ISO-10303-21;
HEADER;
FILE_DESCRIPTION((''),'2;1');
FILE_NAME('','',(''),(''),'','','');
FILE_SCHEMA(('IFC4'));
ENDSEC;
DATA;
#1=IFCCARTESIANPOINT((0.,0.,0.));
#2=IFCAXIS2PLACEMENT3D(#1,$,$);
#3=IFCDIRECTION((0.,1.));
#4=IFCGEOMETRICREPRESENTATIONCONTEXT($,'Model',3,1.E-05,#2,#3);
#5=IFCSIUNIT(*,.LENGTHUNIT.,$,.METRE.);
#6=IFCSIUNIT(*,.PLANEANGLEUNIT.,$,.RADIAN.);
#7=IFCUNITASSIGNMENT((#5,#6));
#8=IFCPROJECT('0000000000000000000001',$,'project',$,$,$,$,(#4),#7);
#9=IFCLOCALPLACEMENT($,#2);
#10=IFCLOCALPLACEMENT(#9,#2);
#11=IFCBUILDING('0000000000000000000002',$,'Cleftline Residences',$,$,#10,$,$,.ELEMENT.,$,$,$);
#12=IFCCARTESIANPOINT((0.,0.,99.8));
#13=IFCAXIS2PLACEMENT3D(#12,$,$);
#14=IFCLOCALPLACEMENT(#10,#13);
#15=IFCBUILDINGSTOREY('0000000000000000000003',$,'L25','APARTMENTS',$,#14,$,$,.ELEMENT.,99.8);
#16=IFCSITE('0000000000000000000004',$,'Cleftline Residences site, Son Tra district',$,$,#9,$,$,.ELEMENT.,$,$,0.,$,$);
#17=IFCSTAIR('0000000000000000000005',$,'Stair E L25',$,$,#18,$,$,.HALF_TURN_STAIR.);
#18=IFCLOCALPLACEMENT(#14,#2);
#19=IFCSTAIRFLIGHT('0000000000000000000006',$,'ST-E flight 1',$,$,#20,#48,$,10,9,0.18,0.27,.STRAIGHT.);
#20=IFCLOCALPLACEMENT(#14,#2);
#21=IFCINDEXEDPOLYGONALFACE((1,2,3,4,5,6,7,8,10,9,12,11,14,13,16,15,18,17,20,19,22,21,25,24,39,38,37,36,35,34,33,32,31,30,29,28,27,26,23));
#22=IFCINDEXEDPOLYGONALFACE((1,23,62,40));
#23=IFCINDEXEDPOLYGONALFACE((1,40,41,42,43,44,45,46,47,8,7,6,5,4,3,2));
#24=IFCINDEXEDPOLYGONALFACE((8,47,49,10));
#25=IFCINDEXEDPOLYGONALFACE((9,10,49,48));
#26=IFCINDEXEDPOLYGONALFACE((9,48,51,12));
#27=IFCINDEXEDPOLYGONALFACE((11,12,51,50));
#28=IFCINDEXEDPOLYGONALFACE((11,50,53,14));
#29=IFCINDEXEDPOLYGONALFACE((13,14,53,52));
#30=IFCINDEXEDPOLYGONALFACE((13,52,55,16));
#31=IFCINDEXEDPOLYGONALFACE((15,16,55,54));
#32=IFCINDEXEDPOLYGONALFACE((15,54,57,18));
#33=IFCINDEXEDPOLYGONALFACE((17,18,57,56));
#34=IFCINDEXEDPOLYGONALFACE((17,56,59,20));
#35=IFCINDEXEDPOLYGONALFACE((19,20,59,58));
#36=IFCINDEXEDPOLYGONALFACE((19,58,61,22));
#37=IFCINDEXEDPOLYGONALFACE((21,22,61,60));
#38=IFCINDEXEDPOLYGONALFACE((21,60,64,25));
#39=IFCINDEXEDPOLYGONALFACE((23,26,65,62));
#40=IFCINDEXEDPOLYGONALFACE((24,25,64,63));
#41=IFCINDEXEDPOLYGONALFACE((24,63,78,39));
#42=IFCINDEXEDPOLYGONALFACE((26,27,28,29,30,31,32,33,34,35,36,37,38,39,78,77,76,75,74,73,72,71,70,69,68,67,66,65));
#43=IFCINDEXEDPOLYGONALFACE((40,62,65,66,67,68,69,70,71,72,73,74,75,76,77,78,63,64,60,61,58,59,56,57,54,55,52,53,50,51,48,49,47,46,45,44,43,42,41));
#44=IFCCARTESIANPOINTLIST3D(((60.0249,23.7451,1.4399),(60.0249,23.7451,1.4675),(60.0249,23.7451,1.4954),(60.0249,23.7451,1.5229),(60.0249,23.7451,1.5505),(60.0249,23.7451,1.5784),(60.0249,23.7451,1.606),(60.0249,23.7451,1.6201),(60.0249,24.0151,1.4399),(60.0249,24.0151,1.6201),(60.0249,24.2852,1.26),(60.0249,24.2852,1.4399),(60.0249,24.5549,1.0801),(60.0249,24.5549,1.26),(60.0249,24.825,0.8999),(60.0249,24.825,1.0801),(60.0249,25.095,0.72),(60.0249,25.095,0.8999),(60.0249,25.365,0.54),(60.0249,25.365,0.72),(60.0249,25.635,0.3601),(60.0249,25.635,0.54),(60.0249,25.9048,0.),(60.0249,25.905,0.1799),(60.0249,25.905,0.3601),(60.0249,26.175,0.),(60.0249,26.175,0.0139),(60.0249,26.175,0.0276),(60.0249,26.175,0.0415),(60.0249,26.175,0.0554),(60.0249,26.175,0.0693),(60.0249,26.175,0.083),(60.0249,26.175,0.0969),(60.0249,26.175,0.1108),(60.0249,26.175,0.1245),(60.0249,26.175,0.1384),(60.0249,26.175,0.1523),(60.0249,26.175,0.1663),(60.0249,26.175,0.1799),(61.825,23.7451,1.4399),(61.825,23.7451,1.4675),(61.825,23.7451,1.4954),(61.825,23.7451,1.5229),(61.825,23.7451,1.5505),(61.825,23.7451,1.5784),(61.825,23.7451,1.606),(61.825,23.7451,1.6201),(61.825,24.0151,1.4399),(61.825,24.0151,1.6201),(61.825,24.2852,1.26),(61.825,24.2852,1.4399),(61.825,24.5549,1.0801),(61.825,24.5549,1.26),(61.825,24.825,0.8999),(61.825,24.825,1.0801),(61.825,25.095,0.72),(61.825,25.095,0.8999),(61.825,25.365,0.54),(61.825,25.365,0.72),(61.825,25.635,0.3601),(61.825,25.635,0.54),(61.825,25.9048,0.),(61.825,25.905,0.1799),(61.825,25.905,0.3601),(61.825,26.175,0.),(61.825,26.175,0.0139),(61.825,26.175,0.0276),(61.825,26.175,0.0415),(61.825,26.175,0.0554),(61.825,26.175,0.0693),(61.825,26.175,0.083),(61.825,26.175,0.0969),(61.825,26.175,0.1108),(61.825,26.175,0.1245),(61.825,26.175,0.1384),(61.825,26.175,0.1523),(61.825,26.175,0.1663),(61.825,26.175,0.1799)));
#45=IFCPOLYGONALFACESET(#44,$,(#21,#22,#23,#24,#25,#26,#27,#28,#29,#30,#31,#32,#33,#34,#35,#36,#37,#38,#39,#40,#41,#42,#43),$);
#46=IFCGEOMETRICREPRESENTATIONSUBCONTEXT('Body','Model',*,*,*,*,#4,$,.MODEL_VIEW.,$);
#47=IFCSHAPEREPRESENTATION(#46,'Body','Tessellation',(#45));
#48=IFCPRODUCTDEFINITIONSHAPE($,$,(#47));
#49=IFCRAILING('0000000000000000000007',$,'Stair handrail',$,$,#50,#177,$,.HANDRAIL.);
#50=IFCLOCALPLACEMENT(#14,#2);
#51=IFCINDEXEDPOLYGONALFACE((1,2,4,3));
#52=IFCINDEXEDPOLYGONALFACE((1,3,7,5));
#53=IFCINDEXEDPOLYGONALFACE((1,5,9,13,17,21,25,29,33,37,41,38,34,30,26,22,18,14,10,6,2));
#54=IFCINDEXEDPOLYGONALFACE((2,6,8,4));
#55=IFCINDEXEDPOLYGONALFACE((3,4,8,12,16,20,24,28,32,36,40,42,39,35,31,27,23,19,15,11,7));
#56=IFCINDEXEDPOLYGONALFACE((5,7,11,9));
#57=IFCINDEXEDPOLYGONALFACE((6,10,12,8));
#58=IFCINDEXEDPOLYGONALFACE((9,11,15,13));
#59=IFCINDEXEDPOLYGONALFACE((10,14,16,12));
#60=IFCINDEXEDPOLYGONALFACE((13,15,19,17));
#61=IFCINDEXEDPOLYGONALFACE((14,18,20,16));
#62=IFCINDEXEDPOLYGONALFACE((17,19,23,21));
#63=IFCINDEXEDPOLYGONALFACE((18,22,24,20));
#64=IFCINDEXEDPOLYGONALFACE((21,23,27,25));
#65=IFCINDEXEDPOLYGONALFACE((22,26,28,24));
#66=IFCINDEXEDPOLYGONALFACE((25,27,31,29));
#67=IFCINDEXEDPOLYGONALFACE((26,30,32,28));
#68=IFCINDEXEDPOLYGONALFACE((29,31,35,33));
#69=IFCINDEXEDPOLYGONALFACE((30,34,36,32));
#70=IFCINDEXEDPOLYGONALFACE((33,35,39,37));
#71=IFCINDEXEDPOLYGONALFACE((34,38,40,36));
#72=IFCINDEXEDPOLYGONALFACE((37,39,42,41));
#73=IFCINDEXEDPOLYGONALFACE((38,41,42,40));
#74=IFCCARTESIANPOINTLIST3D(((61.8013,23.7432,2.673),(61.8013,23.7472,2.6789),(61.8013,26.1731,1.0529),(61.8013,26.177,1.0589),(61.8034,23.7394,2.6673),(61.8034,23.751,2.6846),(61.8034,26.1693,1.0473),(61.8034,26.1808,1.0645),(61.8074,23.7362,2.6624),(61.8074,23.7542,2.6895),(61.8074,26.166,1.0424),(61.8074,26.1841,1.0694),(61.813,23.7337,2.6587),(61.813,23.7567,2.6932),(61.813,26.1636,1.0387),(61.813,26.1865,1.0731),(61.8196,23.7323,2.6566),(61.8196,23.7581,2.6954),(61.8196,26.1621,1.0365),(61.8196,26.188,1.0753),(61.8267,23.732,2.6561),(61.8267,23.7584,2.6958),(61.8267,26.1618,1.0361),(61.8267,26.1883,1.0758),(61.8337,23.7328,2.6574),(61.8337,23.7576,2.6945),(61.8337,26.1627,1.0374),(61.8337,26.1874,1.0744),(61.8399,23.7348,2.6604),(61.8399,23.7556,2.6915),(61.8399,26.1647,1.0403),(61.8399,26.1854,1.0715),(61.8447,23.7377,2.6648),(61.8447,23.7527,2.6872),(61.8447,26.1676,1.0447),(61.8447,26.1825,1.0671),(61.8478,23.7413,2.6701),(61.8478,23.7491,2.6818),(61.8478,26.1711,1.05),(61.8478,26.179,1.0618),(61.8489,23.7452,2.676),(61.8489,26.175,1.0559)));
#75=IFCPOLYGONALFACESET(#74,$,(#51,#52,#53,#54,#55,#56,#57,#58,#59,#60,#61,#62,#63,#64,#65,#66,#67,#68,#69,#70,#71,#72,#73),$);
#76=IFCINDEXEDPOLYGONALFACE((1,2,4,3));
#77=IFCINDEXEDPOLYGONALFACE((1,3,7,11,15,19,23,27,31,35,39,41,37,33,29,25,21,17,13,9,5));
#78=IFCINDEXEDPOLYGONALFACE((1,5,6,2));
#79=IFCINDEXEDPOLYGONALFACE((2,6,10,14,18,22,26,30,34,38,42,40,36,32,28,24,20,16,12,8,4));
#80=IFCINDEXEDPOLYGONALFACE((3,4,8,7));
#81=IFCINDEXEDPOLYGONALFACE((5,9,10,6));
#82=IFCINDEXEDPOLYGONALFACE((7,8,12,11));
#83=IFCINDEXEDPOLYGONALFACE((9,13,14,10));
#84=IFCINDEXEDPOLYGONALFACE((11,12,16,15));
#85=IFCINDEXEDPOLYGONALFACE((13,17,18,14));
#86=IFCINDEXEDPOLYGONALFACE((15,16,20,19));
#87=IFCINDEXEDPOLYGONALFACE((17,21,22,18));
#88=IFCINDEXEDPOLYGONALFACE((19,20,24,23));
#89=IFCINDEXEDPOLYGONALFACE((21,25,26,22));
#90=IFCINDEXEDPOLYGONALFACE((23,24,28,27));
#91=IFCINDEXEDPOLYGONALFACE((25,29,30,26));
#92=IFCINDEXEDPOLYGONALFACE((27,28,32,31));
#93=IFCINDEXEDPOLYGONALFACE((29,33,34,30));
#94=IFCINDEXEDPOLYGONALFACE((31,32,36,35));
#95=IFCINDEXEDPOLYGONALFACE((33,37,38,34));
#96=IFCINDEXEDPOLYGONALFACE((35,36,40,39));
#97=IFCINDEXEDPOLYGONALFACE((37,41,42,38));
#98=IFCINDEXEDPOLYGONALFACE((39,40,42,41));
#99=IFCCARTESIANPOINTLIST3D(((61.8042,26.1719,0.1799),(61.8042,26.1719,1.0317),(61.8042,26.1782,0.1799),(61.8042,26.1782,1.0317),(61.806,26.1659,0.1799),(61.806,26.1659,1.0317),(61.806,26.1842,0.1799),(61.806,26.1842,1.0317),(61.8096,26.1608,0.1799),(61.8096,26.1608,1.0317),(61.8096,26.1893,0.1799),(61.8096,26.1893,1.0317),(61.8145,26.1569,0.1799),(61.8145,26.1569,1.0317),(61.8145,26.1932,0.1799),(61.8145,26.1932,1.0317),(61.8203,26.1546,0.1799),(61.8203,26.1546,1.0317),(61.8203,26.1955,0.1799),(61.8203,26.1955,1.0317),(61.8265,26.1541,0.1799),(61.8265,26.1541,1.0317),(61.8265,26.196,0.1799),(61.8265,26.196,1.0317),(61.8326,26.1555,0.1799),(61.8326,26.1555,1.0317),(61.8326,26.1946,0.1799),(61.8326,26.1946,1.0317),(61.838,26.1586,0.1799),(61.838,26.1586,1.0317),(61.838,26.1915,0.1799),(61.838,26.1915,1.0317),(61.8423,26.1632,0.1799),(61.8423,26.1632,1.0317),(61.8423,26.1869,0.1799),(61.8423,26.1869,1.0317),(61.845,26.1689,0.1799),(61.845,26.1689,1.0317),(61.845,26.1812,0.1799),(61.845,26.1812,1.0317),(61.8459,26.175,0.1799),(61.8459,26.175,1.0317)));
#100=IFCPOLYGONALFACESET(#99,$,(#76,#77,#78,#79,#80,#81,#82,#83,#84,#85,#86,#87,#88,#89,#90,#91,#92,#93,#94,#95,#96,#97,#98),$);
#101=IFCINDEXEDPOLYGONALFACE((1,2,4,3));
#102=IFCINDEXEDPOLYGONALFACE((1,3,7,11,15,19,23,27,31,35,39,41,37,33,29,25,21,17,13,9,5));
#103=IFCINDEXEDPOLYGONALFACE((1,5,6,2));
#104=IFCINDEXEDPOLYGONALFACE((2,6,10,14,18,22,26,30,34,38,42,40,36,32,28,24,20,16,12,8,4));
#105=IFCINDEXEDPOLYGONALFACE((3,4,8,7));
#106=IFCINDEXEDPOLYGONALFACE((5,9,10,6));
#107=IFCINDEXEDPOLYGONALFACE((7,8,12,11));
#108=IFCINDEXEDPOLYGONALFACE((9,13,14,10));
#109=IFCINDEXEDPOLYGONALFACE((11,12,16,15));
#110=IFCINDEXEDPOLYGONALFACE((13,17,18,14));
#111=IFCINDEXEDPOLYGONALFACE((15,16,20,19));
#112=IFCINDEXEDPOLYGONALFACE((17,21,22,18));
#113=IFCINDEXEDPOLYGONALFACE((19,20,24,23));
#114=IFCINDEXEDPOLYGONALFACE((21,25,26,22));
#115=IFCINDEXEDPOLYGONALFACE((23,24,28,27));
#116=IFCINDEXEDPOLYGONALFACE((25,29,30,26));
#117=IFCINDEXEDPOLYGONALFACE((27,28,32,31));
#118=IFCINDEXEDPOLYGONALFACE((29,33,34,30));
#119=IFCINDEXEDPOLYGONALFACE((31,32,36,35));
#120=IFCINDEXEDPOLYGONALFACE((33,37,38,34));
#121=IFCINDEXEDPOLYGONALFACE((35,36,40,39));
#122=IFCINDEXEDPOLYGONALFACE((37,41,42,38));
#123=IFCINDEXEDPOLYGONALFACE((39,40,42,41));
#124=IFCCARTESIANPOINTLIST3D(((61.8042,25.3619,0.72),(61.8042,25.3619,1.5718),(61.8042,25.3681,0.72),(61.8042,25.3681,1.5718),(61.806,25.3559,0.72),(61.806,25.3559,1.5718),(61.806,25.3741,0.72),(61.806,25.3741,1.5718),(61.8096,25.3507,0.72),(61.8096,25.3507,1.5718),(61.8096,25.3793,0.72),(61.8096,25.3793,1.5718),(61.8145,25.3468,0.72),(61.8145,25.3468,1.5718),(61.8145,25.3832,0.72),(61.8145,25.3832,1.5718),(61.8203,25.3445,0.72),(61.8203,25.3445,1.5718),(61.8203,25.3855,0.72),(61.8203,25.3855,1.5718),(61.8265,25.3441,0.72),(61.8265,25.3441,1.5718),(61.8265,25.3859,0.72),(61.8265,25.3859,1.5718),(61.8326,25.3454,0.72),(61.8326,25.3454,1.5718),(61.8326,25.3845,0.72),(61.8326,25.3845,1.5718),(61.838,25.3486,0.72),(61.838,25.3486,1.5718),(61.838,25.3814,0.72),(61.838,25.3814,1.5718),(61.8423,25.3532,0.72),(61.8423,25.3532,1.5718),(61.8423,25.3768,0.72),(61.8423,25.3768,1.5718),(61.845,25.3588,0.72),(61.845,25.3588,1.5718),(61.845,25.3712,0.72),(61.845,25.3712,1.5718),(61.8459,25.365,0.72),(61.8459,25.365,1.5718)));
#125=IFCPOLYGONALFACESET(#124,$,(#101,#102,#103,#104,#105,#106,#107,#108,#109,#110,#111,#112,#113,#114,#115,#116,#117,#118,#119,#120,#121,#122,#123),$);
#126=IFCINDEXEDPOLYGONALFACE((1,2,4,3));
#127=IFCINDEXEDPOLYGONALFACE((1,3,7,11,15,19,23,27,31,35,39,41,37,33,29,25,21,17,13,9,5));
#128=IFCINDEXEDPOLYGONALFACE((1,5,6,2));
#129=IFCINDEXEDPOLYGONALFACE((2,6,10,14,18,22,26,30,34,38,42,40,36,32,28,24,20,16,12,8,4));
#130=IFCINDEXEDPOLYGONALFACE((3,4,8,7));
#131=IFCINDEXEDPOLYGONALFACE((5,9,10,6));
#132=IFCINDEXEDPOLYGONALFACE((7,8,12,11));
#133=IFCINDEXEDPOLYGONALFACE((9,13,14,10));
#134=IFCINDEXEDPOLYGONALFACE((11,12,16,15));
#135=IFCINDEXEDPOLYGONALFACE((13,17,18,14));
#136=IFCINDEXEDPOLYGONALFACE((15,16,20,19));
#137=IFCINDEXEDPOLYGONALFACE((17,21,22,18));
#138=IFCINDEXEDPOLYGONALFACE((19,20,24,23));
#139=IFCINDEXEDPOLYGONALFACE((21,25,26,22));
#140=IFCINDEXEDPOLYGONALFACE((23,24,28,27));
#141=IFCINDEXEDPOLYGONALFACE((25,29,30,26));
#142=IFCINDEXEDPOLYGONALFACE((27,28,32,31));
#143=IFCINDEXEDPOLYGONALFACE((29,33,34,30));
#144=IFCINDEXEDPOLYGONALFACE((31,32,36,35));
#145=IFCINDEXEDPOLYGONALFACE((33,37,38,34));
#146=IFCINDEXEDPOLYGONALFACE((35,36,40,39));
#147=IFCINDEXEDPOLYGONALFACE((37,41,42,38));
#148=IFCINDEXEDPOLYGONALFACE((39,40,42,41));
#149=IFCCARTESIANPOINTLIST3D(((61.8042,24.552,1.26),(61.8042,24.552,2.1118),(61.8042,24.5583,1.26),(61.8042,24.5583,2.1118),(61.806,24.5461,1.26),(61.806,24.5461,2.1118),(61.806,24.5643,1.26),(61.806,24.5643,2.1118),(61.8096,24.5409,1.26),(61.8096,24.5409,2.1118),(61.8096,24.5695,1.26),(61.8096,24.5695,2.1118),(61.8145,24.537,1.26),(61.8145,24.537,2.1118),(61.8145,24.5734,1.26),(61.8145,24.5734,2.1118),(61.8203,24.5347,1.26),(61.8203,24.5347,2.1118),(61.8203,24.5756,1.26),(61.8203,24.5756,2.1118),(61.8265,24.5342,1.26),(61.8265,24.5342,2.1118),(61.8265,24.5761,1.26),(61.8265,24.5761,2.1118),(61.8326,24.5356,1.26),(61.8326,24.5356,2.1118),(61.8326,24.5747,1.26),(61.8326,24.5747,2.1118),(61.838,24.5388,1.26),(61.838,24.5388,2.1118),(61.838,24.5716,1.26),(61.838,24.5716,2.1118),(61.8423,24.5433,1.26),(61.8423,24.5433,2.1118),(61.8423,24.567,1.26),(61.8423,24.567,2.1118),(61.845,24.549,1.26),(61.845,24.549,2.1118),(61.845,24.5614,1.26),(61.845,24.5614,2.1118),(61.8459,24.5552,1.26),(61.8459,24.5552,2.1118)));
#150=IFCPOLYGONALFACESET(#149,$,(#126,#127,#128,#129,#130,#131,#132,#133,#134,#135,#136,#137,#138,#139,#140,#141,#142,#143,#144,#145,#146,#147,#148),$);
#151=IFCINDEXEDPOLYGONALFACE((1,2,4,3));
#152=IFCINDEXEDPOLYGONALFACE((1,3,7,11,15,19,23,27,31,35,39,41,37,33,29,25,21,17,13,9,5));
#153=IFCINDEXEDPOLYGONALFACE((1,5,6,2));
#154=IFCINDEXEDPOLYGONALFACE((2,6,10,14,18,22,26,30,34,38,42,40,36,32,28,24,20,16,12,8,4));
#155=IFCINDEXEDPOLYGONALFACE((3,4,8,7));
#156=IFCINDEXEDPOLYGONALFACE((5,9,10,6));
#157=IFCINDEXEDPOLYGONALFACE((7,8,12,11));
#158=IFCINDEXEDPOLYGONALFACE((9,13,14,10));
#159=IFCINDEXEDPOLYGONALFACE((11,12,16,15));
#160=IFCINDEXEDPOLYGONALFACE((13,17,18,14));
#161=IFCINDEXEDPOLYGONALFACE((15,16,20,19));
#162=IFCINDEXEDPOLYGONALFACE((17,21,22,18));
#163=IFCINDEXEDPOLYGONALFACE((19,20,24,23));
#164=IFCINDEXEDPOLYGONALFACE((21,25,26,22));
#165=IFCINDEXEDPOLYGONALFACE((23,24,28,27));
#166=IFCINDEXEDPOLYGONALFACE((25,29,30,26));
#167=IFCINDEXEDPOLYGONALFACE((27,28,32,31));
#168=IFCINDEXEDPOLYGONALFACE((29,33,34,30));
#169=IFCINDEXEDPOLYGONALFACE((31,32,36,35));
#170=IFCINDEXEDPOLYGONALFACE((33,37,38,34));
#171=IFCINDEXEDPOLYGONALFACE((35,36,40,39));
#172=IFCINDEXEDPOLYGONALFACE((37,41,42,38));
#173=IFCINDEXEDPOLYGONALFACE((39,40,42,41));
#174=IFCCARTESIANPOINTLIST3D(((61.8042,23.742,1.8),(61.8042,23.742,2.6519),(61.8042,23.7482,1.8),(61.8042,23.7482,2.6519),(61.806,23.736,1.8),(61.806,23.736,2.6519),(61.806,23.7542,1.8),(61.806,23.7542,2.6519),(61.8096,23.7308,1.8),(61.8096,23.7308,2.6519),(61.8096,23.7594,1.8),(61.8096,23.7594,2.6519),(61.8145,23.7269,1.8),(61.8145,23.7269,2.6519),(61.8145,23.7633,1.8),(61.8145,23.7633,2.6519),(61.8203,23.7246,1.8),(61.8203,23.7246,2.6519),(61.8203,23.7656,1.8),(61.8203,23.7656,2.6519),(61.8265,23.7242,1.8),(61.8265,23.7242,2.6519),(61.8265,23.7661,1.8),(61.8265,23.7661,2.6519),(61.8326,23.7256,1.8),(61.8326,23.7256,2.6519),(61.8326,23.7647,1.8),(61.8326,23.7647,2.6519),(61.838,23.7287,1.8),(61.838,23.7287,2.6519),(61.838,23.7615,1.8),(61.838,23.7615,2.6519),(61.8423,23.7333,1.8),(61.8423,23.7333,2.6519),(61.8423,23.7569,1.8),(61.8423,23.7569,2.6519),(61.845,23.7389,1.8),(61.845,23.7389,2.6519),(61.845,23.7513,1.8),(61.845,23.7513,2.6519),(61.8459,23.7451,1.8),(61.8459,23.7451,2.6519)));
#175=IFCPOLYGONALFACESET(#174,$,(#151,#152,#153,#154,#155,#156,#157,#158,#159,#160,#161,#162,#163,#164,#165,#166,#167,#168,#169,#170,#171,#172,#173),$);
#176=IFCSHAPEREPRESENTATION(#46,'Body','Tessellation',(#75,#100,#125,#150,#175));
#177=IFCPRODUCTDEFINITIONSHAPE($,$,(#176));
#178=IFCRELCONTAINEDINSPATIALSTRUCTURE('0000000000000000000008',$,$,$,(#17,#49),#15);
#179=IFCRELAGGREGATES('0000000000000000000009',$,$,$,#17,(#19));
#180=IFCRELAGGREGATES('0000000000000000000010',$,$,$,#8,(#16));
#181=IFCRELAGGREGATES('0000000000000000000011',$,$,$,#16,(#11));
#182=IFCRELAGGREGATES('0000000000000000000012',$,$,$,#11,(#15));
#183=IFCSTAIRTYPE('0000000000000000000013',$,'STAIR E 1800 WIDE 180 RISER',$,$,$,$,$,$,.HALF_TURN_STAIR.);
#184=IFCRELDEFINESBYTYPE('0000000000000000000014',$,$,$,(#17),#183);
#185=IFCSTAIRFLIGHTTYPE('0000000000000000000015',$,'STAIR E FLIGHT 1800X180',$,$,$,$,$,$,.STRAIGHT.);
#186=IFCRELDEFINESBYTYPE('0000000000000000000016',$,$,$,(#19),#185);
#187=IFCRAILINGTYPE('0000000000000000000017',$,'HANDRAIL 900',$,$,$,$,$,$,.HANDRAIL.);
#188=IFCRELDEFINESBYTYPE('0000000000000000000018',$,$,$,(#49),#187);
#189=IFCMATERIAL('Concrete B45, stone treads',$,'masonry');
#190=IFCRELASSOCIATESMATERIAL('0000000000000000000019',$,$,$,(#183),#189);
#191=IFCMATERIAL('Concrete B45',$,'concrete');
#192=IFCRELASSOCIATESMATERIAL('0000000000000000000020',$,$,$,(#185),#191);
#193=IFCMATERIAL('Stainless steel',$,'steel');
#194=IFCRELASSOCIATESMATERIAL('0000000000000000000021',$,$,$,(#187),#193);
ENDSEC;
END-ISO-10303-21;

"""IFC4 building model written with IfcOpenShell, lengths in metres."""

from ifc_helpers import new_model, si_unit, direction, frame, origin, origin_2d, place, context, subcontext, project, spatial, polyline, circle, outline, extrude, material, type_object, element, aggregate, save


model = new_model("IFC4")

# Units and contexts
model_context = context("Model", 3, precision=1e-05, world=origin(), true_north=direction((0.0, 1.0)))
body_context = subcontext(model_context, "Body", "Model", "MODEL_VIEW")
ifc_project = project(units=[si_unit("LENGTHUNIT", "METRE"), si_unit("PLANEANGLEUNIT", "RADIAN")], contexts=[model_context])

# Site, building, storey
site_placement = place(None, origin())
site = spatial("IfcSite", under=ifc_project, at=site_placement, Name="Cleftline Residences site, Son Tra district", CompositionType="ELEMENT", RefElevation=0.0)
building_placement = place(site_placement, origin())
building = spatial("IfcBuilding", under=site, at=building_placement, Name="Cleftline Residences", CompositionType="ELEMENT")
storey_placement = place(building_placement, frame((0.0, 0.0, 99.8)))
storey = spatial("IfcBuildingStorey", under=building, at=storey_placement, Name="L25", Description="APARTMENTS", CompositionType="ELEMENT", Elevation=99.8)

# Stair, stair flight
ifc_material_1 = material(Name="Concrete B45, stone treads", Category="masonry")
stair_type = type_object("IfcStairType", Name="STAIR E 1800 WIDE 180 RISER", PredefinedType="HALF_TURN_STAIR", material=ifc_material_1)
stair_placement = place(storey_placement, origin())
stair = element("IfcStair", 1, at=stair_placement, inside=storey, type_object=stair_type, Name="Stair E L25", PredefinedType="HALF_TURN_STAIR")
ifc_material_2 = material(Name="Concrete B45", Category="concrete")
stair_flight_type = type_object("IfcStairFlightType", Name="STAIR E FLIGHT 1800X180", PredefinedType="STRAIGHT", material=ifc_material_2)
stair_flight_placement = place(storey_placement, frame((60.925, 26.175, 0.0), z_axis=(0.0, 0.0, 1.0), x_axis=(0.0, -1.0, 0.0)))
stair_flight = element("IfcStairFlight", 2, at=stair_flight_placement, type_object=stair_flight_type, Name="ST-E flight 1", NumberOfRisers=10, NumberOfTreads=9, PredefinedType="STRAIGHT", RiserHeight=0.18, TreadLength=0.27, context=body_context, shape_type="SweptSolid", body=[
    extrude(outline(polyline([(0.0, 0.0), (0.0, 0.0139), (0.0, 0.0276), (0.0, 0.0415), (0.0, 0.0554), (0.0, 0.0693), (0.0, 0.083), (0.0, 0.0969), (0.0, 0.1108), (0.0, 0.1245), (0.0, 0.1384), (0.0, 0.1523), (0.0, 0.1663), (0.0, 0.1799), (0.27, 0.1799), (0.27, 0.3601), (0.54, 0.3601), (0.54, 0.54), (0.8101, 0.54), (0.8101, 0.72), (1.0801, 0.72), (1.0801, 0.8999), (1.3501, 0.8999), (1.3501, 1.0801), (1.6201, 1.0801), (1.6201, 1.26), (1.8899, 1.26), (1.8899, 1.4399), (2.1599, 1.4399), (2.1599, 1.6201), (2.4299, 1.6201), (2.4299, 1.8), (2.4299, 1.7722), (2.4299, 1.7446), (2.4299, 1.7168), (2.4299, 1.6892), (2.4299, 1.6614), (2.4299, 1.6338), (2.4299, 1.606), (2.4299, 1.5784), (2.4299, 1.5505), (2.4299, 1.5229), (2.4299, 1.4954), (2.4299, 1.4675), (2.4299, 1.4399), (0.2703, 0.0), (0.0, 0.0)])), frame((0.0, 0.8999, 0.0), z_axis=(0.0, -1.0, 0.0), x_axis=(1.0, 0.0, 0.0)), (0.0, 0.0, 1.0), 1.8),
])
aggregate(stair, [stair_flight])

# Railing
ifc_material_3 = material(Name="Stainless steel", Category="steel")
railing_type = type_object("IfcRailingType", Name="HANDRAIL 900", PredefinedType="HANDRAIL", material=ifc_material_3)
railing_placement = place(storey_placement, frame((61.825, 26.175, 0.1799)))
element("IfcRailing", 3, at=railing_placement, inside=storey, type_object=railing_type, Name="Stair handrail", PredefinedType="HANDRAIL", context=body_context, shape_type="SweptSolid", body=[
    extrude(circle(Radius=0.0239, at=origin_2d()), frame((0.0, 0.0, 0.876), z_axis=(0.0, -0.832025, 0.554739), x_axis=(1.0, 0.0, 0.0)), (0.0, 0.0, 1.0), 2.9204),
    extrude(circle(Radius=0.021, at=origin_2d()), origin(), (0.0, 0.0, 1.0), 0.8518),
    extrude(circle(Radius=0.021, at=origin_2d()), frame((0.0, -0.8101, 0.54)), (0.0, 0.0, 1.0), 0.8518),
    extrude(circle(Radius=0.021, at=origin_2d()), frame((0.0, -1.6199, 1.0801)), (0.0, 0.0, 1.0), 0.8518),
    extrude(circle(Radius=0.021, at=origin_2d()), frame((0.0, -2.4299, 1.6201)), (0.0, 0.0, 1.0), 0.8518),
])

save(model, "model.ifc")
